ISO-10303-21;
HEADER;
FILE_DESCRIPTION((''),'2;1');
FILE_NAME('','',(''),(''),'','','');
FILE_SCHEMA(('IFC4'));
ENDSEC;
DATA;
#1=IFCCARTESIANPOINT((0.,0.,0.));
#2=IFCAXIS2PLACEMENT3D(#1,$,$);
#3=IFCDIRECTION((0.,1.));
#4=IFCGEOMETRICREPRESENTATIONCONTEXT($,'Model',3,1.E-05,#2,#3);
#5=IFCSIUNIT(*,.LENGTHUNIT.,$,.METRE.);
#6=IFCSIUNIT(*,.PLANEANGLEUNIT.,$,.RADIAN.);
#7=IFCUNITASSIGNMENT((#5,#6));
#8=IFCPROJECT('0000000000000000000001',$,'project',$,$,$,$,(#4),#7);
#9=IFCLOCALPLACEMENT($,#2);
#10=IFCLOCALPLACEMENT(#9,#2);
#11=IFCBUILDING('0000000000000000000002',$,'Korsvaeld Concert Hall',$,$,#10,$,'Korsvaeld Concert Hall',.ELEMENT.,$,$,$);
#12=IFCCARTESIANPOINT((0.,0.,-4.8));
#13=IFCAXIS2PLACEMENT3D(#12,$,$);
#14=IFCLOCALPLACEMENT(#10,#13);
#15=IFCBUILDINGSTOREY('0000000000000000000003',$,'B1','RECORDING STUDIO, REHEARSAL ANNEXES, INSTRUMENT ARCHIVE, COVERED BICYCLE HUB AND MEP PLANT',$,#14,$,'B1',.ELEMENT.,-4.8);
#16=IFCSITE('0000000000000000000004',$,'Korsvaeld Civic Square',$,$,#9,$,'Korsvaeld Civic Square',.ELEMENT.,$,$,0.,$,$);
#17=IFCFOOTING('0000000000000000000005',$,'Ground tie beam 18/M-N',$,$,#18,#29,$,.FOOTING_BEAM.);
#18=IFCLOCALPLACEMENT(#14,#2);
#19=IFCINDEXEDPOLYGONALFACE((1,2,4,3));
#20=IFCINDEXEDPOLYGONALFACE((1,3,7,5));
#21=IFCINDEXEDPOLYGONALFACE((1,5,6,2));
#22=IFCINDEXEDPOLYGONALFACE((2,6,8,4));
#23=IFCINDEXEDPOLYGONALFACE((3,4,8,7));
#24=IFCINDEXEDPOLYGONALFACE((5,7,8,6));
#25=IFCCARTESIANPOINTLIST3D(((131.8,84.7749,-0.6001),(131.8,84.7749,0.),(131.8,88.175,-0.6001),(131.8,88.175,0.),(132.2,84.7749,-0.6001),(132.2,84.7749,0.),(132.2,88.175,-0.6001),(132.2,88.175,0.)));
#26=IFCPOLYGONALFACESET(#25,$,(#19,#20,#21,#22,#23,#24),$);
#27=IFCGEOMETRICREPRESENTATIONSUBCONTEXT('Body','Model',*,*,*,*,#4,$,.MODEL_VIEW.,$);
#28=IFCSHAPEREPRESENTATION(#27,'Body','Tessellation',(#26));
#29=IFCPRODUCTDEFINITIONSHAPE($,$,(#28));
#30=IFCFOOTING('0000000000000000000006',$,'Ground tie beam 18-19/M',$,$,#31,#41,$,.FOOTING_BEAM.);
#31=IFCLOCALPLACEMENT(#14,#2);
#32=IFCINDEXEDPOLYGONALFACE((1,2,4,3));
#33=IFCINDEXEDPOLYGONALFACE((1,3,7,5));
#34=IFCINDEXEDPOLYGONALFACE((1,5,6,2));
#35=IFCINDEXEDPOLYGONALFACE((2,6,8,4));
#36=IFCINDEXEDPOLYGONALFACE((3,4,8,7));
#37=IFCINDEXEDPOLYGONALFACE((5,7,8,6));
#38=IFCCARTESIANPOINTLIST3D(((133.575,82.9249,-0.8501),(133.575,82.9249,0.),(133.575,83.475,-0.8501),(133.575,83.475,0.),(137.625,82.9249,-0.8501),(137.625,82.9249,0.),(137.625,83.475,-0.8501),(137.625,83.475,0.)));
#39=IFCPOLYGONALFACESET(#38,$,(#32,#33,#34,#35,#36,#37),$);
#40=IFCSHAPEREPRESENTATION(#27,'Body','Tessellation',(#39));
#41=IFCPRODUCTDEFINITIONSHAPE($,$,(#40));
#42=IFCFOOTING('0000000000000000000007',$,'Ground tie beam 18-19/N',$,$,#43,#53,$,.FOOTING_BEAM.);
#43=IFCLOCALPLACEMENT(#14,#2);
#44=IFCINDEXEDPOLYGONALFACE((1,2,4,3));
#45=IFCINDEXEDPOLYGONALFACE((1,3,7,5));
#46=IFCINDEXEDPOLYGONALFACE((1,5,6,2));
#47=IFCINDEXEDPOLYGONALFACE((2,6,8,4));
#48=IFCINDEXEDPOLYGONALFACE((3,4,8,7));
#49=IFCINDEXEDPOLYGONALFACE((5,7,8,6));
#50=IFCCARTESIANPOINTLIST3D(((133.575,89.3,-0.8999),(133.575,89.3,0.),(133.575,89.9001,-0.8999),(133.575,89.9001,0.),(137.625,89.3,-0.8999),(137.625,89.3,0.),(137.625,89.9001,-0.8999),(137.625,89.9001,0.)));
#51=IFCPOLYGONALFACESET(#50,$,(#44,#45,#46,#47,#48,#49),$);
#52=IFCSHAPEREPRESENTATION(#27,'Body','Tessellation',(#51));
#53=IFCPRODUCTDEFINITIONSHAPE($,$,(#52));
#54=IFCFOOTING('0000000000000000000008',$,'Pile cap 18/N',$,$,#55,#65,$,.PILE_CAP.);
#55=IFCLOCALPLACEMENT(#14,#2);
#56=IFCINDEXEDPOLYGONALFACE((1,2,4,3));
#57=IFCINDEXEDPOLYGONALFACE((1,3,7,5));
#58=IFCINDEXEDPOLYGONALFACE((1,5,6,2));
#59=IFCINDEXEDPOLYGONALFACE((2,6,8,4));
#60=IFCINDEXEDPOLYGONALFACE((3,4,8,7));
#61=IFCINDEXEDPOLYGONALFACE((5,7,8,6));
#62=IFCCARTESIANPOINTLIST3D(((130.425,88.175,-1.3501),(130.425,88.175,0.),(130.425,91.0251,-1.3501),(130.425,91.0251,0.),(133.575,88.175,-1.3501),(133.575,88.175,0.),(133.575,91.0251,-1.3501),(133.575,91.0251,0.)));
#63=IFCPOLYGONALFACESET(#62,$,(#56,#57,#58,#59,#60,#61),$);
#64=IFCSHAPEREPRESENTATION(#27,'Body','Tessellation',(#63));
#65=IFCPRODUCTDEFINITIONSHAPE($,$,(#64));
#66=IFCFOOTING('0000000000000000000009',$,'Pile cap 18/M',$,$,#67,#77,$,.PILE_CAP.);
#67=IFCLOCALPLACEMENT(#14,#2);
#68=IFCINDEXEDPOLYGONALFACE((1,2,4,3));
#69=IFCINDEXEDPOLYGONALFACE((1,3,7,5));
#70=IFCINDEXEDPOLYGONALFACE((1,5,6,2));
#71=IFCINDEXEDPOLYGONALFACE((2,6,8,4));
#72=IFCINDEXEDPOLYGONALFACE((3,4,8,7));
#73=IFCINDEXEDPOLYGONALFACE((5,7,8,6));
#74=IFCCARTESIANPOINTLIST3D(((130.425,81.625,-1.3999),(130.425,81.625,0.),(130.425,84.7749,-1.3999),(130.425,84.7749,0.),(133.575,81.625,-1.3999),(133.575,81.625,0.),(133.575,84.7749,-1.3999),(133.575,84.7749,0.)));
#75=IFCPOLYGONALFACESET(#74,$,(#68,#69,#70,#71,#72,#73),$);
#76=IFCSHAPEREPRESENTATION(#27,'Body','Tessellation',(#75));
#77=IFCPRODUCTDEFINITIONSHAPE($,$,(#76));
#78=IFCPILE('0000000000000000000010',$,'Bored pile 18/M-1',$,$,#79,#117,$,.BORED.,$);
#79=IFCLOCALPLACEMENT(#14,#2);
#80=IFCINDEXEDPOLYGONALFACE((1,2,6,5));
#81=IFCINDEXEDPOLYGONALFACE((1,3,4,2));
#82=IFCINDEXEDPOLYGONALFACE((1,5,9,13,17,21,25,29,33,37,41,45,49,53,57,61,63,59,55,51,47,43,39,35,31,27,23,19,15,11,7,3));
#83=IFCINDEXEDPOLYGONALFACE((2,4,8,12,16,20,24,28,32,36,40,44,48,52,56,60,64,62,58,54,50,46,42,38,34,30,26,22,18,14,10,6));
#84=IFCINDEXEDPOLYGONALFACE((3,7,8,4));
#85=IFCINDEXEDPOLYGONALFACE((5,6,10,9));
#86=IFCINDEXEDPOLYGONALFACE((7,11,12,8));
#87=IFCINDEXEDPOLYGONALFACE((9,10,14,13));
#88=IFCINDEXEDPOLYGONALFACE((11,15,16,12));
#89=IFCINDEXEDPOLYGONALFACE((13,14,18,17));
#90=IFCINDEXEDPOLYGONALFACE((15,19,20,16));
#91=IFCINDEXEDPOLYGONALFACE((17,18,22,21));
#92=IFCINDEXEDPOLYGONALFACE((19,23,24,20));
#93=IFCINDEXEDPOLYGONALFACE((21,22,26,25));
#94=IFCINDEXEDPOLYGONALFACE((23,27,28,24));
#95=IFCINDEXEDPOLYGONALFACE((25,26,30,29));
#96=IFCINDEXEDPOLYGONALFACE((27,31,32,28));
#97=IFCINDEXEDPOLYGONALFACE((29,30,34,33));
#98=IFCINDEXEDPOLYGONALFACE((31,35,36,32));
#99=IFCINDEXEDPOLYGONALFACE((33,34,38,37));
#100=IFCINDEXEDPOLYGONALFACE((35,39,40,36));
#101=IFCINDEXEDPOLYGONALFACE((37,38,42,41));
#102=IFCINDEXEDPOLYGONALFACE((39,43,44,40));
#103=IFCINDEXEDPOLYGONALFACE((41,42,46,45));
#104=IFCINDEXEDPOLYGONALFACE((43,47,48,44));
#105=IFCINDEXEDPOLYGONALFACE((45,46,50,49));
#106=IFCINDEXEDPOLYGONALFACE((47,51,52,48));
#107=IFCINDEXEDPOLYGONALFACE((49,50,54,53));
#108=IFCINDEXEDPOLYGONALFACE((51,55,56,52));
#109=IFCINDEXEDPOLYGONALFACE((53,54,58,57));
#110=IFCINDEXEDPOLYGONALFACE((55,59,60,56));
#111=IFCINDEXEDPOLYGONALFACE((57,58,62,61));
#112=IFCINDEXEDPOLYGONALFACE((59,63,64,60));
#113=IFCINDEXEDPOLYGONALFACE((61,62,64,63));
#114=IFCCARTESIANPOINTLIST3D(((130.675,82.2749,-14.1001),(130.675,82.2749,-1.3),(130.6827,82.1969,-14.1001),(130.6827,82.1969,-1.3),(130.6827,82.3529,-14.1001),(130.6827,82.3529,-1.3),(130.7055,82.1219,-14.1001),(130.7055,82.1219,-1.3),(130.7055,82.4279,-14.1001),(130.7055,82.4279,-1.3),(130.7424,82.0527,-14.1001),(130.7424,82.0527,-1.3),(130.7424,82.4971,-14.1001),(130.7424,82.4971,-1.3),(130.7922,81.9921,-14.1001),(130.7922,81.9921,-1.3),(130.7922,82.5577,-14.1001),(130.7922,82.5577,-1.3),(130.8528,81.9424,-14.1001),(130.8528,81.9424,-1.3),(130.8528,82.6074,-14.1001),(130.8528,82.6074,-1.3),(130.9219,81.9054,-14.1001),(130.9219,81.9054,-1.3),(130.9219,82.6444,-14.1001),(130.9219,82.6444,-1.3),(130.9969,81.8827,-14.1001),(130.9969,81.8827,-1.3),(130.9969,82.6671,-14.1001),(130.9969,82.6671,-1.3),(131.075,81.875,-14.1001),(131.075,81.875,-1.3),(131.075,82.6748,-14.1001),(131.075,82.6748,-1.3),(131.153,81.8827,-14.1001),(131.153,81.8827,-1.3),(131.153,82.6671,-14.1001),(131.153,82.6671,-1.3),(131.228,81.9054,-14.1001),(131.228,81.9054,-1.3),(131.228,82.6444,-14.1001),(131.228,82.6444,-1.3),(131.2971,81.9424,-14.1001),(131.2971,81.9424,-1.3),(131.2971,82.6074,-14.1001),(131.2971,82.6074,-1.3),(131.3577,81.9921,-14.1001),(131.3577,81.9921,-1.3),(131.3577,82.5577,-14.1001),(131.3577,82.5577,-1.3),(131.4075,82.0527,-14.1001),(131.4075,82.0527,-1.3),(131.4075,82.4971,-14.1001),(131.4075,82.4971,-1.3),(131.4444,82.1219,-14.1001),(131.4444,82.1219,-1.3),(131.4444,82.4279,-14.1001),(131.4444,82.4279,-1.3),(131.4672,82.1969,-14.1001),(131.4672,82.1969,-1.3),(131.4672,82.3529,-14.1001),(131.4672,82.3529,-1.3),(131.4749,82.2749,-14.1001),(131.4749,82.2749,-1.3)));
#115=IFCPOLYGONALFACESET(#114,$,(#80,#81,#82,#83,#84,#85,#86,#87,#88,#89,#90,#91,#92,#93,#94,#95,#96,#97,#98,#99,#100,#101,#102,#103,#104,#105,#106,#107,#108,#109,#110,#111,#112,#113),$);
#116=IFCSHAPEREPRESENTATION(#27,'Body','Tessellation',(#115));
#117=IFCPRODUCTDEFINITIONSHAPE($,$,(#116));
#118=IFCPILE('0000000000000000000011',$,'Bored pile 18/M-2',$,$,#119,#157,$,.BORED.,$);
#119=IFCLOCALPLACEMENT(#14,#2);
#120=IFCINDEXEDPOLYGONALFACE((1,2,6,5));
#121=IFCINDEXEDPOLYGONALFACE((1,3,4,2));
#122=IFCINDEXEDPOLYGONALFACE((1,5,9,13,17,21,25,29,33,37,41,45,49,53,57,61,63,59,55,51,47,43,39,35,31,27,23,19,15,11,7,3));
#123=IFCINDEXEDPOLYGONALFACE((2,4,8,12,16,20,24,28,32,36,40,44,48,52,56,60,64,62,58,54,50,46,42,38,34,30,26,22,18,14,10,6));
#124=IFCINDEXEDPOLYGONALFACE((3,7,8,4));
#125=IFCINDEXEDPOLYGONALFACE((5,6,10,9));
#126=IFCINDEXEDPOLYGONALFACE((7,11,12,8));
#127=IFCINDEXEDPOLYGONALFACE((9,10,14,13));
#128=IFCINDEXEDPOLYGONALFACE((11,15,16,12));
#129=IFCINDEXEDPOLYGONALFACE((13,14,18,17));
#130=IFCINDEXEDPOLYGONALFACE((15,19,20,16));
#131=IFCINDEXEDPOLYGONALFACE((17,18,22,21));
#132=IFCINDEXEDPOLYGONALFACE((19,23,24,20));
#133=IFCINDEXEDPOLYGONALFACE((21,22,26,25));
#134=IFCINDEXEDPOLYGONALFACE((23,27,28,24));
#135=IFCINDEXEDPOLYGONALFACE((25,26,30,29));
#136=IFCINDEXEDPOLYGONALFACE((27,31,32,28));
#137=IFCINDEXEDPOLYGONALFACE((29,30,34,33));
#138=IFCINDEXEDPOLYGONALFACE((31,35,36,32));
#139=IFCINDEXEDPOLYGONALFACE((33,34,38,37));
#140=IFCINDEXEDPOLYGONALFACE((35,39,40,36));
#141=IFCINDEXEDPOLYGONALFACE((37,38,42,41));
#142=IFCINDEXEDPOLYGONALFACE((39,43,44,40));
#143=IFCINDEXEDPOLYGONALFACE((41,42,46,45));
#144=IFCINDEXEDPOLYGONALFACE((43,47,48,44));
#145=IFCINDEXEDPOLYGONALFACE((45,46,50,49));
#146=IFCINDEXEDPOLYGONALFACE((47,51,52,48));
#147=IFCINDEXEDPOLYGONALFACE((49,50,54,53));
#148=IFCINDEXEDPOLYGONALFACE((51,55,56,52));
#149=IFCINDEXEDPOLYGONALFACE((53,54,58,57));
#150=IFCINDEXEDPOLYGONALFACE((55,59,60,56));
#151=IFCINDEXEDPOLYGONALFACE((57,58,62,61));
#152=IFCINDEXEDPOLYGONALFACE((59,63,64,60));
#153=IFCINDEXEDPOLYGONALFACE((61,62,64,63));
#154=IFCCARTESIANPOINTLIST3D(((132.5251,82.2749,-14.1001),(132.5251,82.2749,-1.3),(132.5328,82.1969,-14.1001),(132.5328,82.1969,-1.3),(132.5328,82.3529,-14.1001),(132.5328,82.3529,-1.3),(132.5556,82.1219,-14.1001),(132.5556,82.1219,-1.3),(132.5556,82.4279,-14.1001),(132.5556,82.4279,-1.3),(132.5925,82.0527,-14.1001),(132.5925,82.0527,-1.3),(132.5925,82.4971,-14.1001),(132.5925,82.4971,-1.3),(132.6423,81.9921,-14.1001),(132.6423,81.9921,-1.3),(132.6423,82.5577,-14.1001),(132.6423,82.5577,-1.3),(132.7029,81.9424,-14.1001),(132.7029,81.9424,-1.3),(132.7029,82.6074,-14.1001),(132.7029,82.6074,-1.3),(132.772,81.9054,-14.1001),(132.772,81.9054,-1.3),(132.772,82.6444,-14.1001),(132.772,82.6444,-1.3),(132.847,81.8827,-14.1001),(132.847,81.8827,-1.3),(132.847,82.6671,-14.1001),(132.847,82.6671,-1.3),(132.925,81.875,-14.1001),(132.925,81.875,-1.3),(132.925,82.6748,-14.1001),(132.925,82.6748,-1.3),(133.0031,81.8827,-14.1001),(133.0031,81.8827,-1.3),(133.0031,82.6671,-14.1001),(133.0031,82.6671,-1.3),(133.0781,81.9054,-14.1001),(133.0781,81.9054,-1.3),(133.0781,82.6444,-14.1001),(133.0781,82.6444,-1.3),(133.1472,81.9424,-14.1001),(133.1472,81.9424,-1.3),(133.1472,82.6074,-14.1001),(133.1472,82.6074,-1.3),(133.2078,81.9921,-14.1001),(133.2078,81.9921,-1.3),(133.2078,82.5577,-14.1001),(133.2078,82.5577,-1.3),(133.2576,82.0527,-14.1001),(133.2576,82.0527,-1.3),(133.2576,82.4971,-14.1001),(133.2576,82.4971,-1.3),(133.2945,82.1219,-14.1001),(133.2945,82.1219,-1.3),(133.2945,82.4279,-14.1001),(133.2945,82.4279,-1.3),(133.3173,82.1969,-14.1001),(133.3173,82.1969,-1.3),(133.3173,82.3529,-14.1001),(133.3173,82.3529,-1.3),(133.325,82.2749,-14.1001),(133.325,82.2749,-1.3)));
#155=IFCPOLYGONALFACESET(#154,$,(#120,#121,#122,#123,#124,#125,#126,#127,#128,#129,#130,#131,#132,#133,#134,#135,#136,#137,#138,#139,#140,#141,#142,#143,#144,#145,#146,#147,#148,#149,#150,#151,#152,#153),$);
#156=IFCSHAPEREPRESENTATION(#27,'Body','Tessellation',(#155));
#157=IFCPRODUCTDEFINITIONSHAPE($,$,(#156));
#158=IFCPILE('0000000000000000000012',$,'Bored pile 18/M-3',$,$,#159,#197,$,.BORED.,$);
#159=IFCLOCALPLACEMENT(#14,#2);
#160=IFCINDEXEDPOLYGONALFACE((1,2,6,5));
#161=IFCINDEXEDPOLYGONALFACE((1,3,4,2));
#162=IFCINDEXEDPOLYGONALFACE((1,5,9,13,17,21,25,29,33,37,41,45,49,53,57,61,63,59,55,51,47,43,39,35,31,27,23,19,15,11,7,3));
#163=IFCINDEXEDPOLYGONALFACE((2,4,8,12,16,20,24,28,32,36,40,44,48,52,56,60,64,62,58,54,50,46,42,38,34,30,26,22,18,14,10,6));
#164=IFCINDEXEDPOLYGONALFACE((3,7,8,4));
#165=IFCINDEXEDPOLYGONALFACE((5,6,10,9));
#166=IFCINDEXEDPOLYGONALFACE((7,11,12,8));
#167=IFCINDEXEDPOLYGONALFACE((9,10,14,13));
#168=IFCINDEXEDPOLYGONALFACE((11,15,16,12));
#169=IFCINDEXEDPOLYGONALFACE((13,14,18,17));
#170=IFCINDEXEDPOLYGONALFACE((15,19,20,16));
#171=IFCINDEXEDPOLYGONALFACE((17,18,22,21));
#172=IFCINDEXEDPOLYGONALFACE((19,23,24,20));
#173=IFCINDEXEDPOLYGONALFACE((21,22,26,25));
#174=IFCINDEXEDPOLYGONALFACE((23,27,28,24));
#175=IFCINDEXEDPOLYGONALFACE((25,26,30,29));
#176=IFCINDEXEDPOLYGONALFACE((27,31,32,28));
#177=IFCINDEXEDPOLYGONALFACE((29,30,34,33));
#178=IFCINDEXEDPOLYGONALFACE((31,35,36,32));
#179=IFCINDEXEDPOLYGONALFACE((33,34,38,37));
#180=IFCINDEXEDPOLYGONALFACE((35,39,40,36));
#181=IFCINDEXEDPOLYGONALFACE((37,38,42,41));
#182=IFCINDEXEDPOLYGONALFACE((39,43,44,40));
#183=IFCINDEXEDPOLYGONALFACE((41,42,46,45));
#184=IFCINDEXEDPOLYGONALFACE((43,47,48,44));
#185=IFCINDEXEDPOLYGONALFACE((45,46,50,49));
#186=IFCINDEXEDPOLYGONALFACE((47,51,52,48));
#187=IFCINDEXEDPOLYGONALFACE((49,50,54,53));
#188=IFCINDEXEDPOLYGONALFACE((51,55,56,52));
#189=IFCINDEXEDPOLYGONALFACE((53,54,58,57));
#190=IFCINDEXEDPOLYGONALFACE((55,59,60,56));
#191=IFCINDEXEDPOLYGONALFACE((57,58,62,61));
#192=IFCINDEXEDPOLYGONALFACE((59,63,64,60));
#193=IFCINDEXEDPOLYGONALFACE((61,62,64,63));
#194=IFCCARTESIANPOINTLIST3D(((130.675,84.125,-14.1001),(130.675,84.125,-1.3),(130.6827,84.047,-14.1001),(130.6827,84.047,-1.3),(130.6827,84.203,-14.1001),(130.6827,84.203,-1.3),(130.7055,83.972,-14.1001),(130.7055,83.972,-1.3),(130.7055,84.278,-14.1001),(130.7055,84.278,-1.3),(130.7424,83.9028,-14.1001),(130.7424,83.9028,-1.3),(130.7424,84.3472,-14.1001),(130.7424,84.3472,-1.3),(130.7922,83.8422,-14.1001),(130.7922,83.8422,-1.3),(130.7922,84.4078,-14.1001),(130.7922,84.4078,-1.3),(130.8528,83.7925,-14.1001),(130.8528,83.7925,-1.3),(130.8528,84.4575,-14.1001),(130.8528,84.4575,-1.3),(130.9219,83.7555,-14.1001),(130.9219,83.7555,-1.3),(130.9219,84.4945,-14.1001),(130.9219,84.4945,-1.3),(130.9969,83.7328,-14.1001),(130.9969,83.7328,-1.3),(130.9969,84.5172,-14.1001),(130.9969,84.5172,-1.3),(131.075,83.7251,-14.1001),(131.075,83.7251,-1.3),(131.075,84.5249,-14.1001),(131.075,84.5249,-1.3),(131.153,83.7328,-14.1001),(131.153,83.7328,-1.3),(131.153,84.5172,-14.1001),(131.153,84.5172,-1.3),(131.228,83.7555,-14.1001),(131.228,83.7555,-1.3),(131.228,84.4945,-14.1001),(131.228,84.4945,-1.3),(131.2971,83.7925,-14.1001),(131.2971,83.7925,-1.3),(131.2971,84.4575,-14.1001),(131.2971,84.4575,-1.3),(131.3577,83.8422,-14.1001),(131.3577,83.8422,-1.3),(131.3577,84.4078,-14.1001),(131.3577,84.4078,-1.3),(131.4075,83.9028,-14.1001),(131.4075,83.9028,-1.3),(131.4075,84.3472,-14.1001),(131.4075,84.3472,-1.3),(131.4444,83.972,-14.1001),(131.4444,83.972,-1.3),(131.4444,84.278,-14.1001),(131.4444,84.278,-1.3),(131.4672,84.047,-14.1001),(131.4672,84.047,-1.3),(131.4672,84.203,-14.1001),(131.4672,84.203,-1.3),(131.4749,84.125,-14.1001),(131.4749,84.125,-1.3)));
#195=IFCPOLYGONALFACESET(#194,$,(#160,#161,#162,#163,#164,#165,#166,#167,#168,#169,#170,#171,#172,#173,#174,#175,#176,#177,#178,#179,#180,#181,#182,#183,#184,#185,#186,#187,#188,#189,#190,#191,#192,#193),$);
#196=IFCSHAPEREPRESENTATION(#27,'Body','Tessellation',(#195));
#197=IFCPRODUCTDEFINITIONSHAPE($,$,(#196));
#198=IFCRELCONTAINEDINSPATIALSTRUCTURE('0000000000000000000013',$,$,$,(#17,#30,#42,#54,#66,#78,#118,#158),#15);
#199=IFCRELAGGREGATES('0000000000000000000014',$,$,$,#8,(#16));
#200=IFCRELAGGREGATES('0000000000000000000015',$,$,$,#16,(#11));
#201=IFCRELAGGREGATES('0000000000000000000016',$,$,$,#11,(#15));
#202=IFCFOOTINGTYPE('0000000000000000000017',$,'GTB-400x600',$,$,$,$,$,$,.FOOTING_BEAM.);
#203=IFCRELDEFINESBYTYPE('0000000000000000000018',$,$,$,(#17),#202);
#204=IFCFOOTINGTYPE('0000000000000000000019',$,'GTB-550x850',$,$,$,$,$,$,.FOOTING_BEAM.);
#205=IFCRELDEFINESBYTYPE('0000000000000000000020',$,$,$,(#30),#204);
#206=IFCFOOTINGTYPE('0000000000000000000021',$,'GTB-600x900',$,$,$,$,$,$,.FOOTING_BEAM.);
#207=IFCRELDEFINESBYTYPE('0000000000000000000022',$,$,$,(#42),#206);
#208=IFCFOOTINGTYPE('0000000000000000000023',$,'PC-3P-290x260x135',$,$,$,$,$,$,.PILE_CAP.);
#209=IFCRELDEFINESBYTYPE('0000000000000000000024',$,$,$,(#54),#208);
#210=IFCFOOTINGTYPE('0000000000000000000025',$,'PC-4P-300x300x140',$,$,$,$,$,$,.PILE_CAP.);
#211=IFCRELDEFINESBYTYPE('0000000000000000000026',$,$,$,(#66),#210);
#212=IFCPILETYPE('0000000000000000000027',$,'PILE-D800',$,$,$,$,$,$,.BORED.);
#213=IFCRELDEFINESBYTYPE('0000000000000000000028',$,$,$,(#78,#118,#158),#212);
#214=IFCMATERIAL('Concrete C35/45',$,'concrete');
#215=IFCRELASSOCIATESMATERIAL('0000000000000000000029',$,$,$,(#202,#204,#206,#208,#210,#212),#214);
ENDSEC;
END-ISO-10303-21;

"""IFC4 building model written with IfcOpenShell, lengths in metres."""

from ifc_helpers import new_model, si_unit, direction, frame, origin, origin_2d, place, context, subcontext, project, spatial, rectangle, circle, extrude, material, material_profile, profile_set, type_object, element, save


model = new_model("IFC4")

# Units and contexts
model_context = context("Model", 3, precision=1e-05, world=origin(), true_north=direction((0.0, 1.0)))
body_context = subcontext(model_context, "Body", "Model", "MODEL_VIEW")
ifc_project = project(units=[si_unit("LENGTHUNIT", "METRE"), si_unit("PLANEANGLEUNIT", "RADIAN")], contexts=[model_context])

# Site, building, storey
site_placement = place(None, origin())
site = spatial("IfcSite", under=ifc_project, at=site_placement, Name="Korsvaeld Civic Square", LongName="Korsvaeld Civic Square", CompositionType="ELEMENT", RefElevation=0.0)
building_placement = place(site_placement, origin())
building = spatial("IfcBuilding", under=site, at=building_placement, Name="Korsvaeld Concert Hall", LongName="Korsvaeld Concert Hall", CompositionType="ELEMENT")
storey_placement = place(building_placement, frame((0.0, 0.0, -4.8)))
storey = spatial("IfcBuildingStorey", under=building, at=storey_placement, Name="B1", Description="RECORDING STUDIO, REHEARSAL ANNEXES, INSTRUMENT ARCHIVE, COVERED BICYCLE HUB AND MEP PLANT", LongName="B1", CompositionType="ELEMENT", Elevation=-4.8)

# Footings
ifc_material_1 = material(Name="Concrete C35/45", Category="concrete")
ifc_material_profile_1 = material_profile(ifc_material_1, rectangle(XDim=0.3999, YDim=0.6001, at=origin_2d()), Name="GTB 400x600")
ifc_profile_set_1 = profile_set([ifc_material_profile_1], Name="Concrete C35/45")
footing_type_1 = type_object("IfcFootingType", Name="GTB-400x600", PredefinedType="FOOTING_BEAM", material=ifc_profile_set_1)
footing_1_placement = place(storey_placement, frame((132.0, 84.7749, -0.3), z_axis=(0.0, 1.0, 0.0), x_axis=(-1.0, 0.0, 0.0)))
element("IfcFooting", 1, at=footing_1_placement, inside=storey, type_object=footing_type_1, Name="Ground tie beam 18/M-N", PredefinedType="FOOTING_BEAM", context=body_context, shape_type="SweptSolid", body=[
    extrude(rectangle(XDim=0.3999, YDim=0.6001, at=origin_2d()), origin(), (0.0, 0.0, 1.0), 3.4001),
])
ifc_material_profile_2 = material_profile(ifc_material_1, rectangle(XDim=0.55, YDim=0.8501, at=origin_2d()), Name="GTB 550x850")
ifc_profile_set_2 = profile_set([ifc_material_profile_2], Name="Concrete C35/45")
footing_type_2 = type_object("IfcFootingType", Name="GTB-550x850", PredefinedType="FOOTING_BEAM", material=ifc_profile_set_2)
footing_2_placement = place(storey_placement, frame((133.575, 83.2, -0.425), z_axis=(1.0, 0.0, 0.0), x_axis=(0.0, 1.0, 0.0)))
element("IfcFooting", 2, at=footing_2_placement, inside=storey, type_object=footing_type_2, Name="Ground tie beam 18-19/M", PredefinedType="FOOTING_BEAM", context=body_context, shape_type="SweptSolid", body=[
    extrude(rectangle(XDim=0.55, YDim=0.8501, at=origin_2d()), origin(), (0.0, 0.0, 1.0), 4.05),
])
ifc_material_profile_3 = material_profile(ifc_material_1, rectangle(XDim=0.6001, YDim=0.8999, at=origin_2d()), Name="GTB 600x900")
ifc_profile_set_3 = profile_set([ifc_material_profile_3], Name="Concrete C35/45")
footing_type_3 = type_object("IfcFootingType", Name="GTB-600x900", PredefinedType="FOOTING_BEAM", material=ifc_profile_set_3)
footing_3_placement = place(storey_placement, frame((133.575, 89.6001, -0.45), z_axis=(1.0, 0.0, 0.0), x_axis=(0.0, 1.0, 0.0)))
element("IfcFooting", 3, at=footing_3_placement, inside=storey, type_object=footing_type_3, Name="Ground tie beam 18-19/N", PredefinedType="FOOTING_BEAM", context=body_context, shape_type="SweptSolid", body=[
    extrude(rectangle(XDim=0.6001, YDim=0.8999, at=origin_2d()), origin(), (0.0, 0.0, 1.0), 4.05),
])
footing_type_4 = type_object("IfcFootingType", Name="PC-3P-290x260x135", PredefinedType="PILE_CAP", material=ifc_material_1)
footing_4_placement = place(storey_placement, frame((132.0, 89.6001, -1.3501), z_axis=(0.0, 0.0, 1.0), x_axis=(1.0, 0.0, 0.0)))
element("IfcFooting", 4, at=footing_4_placement, inside=storey, type_object=footing_type_4, Name="Pile cap 18/N", PredefinedType="PILE_CAP", context=body_context, shape_type="SweptSolid", body=[
    extrude(rectangle(XDim=3.1499, YDim=2.8501, at=origin_2d()), origin(), (0.0, 0.0, 1.0), 1.3501),
])
footing_type_5 = type_object("IfcFootingType", Name="PC-4P-300x300x140", PredefinedType="PILE_CAP", material=ifc_material_1)
footing_5_placement = place(storey_placement, frame((132.0, 83.2, -1.3999), z_axis=(0.0, 0.0, 1.0), x_axis=(1.0, 0.0, 0.0)))
element("IfcFooting", 5, at=footing_5_placement, inside=storey, type_object=footing_type_5, Name="Pile cap 18/M", PredefinedType="PILE_CAP", context=body_context, shape_type="SweptSolid", body=[
    extrude(rectangle(XDim=3.1499, YDim=3.1499, at=origin_2d()), origin(), (0.0, 0.0, 1.0), 1.3999),
])

# Piles
ifc_material_profile_4 = material_profile(ifc_material_1, circle(Radius=0.3999, at=origin_2d()), Name="BORED PILE D800")
ifc_profile_set_4 = profile_set([ifc_material_profile_4], Name="Concrete C35/45")
pile_type = type_object("IfcPileType", Name="PILE-D800", PredefinedType="BORED", material=ifc_profile_set_4)
for number, where, z_axis, x_axis, name in (
    (6, (131.075, 82.2749, -1.3), (0.0, 0.0, -1.0), (1.0, 0.0, 0.0), "Bored pile 18/M-1"),
    (7, (132.925, 82.2749, -1.3), (0.0, 0.0, -1.0), (1.0, 0.0, 0.0), "Bored pile 18/M-2"),
    (8, (131.075, 84.125, -1.3), (0.0, 0.0, -1.0), (1.0, 0.0, 0.0), "Bored pile 18/M-3"),
):
    element("IfcPile", number, at=place(storey_placement, frame(where, z_axis=z_axis, x_axis=x_axis)), inside=storey, type_object=pile_type, Name=name, PredefinedType="BORED", context=body_context, shape_type="SweptSolid", body=[
        extrude(circle(Radius=0.3999, at=origin_2d()), origin(), (0.0, 0.0, 1.0), 12.8),
    ])

save(model, "model.ifc")
